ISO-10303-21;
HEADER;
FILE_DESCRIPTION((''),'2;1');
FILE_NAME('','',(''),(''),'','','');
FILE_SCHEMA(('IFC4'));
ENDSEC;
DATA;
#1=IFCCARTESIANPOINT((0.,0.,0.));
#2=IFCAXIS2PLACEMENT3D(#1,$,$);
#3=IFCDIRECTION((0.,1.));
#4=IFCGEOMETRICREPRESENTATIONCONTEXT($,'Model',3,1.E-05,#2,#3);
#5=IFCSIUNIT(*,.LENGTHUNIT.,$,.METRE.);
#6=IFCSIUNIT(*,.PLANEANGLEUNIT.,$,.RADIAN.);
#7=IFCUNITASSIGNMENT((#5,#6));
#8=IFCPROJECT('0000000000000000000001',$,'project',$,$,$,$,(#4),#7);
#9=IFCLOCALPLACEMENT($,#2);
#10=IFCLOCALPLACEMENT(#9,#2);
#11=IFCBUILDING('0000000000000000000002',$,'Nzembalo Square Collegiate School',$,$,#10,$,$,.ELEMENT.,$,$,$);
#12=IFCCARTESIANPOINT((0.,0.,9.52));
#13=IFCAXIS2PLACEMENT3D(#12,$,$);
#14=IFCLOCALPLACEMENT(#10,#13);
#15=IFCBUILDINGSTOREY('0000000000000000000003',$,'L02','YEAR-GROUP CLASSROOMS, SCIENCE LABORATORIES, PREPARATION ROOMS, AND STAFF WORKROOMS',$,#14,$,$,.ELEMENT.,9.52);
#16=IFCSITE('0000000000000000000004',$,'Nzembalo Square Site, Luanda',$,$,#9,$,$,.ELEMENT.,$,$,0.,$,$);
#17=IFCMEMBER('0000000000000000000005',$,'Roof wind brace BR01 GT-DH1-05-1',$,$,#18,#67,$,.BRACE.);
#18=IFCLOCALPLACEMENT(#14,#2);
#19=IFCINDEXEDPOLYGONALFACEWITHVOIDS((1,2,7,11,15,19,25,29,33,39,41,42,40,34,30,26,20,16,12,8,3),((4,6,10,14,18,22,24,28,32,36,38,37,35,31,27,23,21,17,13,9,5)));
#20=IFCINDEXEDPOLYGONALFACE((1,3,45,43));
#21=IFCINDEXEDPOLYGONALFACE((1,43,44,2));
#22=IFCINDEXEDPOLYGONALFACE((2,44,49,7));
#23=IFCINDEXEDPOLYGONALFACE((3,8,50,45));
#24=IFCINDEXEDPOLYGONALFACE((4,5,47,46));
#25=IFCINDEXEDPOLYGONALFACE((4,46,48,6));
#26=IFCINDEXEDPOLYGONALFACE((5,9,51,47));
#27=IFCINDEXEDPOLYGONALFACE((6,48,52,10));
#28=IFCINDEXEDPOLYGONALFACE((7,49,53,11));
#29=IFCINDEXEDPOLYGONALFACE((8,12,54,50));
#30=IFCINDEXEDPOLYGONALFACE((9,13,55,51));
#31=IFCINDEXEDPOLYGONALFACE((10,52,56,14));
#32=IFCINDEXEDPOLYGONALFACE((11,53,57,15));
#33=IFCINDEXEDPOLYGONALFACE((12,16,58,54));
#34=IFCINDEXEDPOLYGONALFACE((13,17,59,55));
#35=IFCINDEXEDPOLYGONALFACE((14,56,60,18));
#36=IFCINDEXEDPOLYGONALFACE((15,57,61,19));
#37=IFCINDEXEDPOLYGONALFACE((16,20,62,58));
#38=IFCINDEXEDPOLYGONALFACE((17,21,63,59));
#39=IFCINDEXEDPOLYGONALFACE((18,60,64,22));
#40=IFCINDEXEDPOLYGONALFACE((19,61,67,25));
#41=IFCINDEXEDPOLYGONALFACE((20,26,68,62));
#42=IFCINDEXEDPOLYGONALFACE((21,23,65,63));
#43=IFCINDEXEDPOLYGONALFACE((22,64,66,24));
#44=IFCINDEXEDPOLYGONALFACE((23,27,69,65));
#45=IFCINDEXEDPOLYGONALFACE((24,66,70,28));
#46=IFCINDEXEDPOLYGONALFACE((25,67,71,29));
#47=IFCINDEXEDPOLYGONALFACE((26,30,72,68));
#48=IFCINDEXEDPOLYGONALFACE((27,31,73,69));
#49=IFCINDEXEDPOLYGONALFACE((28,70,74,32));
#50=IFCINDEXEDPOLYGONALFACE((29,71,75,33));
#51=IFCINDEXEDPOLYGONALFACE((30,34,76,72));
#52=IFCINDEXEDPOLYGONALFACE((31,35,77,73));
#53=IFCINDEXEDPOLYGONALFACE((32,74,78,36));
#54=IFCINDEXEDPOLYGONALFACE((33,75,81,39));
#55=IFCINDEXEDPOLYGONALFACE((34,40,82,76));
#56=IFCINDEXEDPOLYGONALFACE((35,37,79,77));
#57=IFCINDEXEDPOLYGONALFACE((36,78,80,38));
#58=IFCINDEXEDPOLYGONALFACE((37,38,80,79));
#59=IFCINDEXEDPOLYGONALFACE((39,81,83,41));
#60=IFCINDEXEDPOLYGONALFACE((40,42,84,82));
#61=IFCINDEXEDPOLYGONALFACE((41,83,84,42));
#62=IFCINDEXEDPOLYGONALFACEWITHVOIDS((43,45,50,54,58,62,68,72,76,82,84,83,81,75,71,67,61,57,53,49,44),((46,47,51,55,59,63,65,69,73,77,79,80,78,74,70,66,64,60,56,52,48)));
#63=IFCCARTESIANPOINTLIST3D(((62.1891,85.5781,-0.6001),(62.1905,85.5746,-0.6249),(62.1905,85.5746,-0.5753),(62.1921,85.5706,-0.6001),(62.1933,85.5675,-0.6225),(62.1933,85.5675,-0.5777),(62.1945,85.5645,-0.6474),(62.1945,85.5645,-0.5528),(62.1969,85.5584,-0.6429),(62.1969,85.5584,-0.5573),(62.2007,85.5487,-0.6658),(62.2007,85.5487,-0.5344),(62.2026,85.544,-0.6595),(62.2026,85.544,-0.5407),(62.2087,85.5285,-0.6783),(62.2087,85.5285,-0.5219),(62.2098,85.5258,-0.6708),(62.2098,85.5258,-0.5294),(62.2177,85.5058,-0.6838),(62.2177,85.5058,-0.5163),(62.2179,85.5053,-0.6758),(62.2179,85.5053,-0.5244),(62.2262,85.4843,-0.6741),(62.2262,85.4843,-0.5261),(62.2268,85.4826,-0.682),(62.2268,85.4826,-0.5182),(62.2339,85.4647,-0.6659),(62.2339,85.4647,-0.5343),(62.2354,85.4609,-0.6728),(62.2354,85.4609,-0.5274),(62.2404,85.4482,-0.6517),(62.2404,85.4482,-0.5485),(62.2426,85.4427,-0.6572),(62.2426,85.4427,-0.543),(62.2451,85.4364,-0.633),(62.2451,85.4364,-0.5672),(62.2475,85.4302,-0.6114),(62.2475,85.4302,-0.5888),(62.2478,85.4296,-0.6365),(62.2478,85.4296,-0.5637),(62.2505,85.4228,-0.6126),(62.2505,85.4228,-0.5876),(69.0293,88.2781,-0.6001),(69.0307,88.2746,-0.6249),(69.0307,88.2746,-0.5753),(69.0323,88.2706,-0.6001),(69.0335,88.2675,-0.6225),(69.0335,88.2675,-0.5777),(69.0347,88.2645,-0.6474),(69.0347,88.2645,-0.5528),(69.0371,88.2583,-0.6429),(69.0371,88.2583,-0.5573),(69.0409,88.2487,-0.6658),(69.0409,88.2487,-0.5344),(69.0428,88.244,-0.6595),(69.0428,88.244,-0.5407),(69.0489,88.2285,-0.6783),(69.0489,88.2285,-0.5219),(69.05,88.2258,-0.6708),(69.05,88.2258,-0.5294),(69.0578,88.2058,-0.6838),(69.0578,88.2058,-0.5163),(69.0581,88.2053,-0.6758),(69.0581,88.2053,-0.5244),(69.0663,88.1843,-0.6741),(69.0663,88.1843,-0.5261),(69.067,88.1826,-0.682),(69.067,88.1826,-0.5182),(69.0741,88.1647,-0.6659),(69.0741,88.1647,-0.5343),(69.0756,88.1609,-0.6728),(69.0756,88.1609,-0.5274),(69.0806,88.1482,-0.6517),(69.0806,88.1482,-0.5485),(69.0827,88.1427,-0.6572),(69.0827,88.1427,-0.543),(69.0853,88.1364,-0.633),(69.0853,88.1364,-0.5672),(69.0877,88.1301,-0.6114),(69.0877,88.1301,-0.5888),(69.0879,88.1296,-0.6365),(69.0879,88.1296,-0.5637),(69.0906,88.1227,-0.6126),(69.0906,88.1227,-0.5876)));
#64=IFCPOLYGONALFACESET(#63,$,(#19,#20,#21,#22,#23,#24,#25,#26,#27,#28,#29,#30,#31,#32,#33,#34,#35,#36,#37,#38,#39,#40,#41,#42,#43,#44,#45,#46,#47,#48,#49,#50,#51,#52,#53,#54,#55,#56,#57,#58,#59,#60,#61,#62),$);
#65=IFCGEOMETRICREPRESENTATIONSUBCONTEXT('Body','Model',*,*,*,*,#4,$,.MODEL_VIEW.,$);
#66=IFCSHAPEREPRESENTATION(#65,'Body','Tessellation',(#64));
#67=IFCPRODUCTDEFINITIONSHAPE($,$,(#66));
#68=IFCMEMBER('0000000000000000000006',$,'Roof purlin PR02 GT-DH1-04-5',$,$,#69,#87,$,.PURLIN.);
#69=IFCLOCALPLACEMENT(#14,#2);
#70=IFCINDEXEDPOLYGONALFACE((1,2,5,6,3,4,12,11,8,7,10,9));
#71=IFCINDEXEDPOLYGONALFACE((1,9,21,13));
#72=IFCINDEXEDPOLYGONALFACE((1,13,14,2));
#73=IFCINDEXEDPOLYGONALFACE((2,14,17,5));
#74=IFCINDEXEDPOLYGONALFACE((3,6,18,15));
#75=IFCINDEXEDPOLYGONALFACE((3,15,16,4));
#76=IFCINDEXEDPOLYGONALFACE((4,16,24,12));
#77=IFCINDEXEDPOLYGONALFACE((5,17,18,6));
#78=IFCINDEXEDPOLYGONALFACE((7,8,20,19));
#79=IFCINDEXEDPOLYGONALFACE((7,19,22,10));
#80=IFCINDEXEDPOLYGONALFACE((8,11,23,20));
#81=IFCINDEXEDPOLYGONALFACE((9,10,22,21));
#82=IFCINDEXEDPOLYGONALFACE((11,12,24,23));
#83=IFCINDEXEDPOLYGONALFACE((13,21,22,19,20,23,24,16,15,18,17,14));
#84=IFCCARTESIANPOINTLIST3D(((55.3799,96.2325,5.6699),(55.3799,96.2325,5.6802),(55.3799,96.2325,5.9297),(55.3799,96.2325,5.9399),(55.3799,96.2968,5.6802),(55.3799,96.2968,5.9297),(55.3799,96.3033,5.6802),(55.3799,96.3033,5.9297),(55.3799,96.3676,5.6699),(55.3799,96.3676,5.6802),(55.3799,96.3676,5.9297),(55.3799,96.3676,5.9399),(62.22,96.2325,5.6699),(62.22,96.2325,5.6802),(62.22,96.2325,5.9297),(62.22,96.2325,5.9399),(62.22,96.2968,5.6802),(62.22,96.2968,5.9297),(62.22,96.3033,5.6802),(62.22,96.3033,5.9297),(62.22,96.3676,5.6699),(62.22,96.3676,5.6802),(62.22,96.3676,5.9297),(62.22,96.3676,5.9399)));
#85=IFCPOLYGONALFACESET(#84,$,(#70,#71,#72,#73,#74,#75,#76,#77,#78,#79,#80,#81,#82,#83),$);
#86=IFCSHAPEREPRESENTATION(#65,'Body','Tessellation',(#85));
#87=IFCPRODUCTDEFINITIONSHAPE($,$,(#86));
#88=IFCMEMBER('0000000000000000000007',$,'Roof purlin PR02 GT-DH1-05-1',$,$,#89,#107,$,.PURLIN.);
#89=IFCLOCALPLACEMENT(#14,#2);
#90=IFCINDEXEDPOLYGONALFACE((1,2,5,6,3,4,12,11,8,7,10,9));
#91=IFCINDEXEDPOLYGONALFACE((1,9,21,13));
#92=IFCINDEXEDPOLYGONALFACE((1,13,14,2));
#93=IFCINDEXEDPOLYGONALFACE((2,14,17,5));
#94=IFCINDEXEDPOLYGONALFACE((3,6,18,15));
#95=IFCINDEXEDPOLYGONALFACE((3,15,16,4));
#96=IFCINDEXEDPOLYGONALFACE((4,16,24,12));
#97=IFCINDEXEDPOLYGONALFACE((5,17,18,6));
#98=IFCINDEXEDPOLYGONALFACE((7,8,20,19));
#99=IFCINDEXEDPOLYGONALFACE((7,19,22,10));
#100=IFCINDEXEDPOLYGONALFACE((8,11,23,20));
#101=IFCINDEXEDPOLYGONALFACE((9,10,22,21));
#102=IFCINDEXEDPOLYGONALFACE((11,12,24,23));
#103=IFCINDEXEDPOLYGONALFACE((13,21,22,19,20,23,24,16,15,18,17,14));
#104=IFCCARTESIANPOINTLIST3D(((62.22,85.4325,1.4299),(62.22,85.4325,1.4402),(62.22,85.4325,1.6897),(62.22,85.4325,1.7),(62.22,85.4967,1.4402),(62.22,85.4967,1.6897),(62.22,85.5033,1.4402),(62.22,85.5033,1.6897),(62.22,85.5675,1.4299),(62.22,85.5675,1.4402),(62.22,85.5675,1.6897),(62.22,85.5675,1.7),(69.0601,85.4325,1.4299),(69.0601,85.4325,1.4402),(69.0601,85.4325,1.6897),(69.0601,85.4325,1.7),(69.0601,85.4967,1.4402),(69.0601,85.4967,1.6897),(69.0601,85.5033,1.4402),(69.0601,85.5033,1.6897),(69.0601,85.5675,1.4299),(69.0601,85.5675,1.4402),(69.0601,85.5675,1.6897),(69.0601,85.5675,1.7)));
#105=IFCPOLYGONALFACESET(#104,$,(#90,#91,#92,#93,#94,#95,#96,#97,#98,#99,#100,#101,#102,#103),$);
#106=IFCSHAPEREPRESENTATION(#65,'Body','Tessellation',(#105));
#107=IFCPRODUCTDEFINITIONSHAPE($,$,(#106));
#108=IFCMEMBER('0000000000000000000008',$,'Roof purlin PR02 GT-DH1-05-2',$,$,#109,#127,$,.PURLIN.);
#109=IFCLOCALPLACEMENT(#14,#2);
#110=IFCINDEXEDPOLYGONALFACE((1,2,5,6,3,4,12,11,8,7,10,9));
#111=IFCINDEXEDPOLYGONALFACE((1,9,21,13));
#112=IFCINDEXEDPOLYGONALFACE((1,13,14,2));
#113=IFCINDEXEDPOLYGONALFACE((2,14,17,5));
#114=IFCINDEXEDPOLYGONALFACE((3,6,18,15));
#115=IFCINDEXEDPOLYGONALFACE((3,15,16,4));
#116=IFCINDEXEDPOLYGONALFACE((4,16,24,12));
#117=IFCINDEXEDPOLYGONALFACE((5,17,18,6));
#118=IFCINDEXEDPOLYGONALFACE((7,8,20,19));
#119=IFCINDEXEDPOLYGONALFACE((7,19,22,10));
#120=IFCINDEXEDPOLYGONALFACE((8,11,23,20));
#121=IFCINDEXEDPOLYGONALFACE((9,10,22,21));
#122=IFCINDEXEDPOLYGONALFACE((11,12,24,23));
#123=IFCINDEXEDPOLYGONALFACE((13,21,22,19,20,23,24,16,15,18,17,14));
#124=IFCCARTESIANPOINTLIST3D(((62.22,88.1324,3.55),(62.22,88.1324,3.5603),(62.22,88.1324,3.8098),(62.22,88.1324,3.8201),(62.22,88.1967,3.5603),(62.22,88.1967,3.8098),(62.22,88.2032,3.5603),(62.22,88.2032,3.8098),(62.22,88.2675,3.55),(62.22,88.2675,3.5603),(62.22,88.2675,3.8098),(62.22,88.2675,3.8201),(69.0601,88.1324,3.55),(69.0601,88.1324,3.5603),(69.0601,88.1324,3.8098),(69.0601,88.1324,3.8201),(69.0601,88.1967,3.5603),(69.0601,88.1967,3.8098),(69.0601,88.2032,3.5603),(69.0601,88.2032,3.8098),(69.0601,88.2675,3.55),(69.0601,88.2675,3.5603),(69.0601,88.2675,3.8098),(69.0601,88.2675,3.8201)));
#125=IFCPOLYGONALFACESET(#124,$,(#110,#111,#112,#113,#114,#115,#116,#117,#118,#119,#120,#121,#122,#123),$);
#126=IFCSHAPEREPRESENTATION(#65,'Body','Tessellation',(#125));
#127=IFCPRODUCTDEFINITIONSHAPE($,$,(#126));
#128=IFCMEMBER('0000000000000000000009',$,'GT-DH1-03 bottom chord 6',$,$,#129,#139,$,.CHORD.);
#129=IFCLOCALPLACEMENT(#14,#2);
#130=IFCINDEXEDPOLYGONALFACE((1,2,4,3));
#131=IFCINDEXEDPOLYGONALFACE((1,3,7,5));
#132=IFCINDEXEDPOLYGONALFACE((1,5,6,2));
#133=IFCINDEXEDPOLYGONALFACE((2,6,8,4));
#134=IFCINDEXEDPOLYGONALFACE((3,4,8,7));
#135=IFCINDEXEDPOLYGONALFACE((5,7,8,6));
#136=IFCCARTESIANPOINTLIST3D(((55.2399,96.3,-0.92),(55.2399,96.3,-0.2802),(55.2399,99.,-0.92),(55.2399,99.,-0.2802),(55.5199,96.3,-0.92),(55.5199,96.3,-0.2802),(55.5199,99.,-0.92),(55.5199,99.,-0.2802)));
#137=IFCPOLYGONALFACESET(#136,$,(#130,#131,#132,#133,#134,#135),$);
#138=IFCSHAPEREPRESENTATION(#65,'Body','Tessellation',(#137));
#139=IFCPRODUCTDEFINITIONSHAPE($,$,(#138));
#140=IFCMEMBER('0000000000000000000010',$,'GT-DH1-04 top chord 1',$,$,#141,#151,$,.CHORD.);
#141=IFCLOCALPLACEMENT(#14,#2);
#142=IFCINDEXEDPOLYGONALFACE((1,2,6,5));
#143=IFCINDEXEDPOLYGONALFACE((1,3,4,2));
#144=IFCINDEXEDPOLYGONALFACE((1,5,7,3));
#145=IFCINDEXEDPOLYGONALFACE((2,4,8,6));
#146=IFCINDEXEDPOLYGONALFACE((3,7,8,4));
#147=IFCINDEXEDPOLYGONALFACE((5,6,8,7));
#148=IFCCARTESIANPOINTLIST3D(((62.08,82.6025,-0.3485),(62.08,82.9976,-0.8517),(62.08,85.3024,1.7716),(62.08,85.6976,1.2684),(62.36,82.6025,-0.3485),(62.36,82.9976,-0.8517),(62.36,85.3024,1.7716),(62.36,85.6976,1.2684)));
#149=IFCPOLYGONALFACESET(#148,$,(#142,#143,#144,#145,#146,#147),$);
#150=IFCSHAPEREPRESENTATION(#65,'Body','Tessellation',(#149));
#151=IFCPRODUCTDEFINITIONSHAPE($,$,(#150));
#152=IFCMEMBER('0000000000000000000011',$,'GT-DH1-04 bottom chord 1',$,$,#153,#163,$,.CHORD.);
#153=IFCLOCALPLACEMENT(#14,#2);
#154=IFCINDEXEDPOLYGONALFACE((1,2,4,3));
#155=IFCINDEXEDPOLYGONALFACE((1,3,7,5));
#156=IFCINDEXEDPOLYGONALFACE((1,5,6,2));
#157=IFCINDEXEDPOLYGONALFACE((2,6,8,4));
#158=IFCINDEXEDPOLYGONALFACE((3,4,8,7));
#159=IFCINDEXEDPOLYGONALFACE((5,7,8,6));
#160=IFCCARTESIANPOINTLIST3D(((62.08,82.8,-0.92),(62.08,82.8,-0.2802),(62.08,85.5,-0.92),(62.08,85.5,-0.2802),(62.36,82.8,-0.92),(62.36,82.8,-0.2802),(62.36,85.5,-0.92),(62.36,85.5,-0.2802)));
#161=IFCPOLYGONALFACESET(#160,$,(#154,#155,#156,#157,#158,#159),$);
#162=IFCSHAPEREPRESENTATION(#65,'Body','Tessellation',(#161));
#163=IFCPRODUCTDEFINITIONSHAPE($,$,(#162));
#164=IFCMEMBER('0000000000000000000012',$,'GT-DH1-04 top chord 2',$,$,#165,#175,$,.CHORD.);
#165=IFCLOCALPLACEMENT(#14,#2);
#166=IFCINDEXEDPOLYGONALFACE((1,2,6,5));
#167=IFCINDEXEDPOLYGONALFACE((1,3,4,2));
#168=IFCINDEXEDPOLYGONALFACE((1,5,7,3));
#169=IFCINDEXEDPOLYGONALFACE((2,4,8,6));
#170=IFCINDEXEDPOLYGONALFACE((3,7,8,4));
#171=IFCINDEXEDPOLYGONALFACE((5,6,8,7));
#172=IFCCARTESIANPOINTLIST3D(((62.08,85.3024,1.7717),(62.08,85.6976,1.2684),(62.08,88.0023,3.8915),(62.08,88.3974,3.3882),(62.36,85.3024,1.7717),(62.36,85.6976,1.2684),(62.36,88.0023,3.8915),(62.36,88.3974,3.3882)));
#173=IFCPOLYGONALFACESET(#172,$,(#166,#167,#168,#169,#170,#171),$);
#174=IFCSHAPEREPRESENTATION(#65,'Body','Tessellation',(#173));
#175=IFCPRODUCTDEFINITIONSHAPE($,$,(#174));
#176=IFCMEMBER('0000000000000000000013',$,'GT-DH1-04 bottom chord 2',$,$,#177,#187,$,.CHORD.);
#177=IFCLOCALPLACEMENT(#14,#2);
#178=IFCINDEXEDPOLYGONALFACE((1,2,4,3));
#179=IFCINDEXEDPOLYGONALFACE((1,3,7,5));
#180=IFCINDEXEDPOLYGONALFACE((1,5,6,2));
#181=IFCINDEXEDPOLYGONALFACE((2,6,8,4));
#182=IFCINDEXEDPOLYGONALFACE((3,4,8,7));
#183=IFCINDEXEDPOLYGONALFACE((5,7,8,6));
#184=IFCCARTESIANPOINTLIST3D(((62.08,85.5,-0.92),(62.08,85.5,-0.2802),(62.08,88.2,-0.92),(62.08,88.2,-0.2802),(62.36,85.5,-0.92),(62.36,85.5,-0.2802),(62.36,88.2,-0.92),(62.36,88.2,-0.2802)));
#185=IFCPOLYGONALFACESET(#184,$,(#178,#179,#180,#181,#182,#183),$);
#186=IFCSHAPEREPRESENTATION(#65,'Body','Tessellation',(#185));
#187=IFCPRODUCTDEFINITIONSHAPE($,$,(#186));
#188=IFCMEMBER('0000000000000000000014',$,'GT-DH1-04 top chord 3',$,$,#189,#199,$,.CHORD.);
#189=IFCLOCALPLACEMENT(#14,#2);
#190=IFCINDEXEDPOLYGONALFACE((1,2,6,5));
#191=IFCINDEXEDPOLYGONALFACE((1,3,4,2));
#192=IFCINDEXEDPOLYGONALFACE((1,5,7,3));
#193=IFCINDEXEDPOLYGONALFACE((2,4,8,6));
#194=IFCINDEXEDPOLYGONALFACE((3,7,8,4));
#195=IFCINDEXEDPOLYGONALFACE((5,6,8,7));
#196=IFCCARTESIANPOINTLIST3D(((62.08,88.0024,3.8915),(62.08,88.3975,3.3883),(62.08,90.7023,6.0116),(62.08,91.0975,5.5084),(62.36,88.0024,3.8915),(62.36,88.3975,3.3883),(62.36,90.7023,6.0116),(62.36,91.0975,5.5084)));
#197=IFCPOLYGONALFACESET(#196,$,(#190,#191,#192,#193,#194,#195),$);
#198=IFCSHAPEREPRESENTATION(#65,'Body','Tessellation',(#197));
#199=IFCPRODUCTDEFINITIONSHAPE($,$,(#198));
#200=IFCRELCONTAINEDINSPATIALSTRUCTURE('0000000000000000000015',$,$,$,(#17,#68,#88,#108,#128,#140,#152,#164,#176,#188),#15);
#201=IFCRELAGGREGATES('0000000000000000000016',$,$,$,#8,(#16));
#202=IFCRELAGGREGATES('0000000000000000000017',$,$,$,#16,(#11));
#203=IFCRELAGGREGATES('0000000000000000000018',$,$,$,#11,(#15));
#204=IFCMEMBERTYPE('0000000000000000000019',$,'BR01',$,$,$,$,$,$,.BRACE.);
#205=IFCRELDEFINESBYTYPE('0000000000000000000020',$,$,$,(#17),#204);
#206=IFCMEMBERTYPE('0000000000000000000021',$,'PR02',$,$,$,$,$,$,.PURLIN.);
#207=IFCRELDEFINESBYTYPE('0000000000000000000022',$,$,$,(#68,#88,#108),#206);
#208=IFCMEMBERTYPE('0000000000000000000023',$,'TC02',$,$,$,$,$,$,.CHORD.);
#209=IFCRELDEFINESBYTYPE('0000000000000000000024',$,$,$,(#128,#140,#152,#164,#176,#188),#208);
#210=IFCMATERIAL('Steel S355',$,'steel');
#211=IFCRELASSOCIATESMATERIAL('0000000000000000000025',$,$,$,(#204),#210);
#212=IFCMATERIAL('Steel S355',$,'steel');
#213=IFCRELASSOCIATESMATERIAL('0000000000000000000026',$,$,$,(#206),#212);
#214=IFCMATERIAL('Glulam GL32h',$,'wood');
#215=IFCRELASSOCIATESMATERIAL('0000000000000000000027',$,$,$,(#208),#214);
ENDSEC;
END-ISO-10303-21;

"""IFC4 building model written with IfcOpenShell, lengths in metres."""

from ifc_helpers import new_model, si_unit, direction, frame, origin, origin_2d, place, context, subcontext, project, spatial, rectangle, hollow_circle, i_section, extrude, material, material_profile, profile_set, type_object, element, save


model = new_model("IFC4")

# Units and contexts
model_context = context("Model", 3, precision=1e-05, world=origin(), true_north=direction((0.0, 1.0)))
body_context = subcontext(model_context, "Body", "Model", "MODEL_VIEW")
ifc_project = project(units=[si_unit("LENGTHUNIT", "METRE"), si_unit("PLANEANGLEUNIT", "RADIAN")], contexts=[model_context])

# Site, building, storey
site_placement = place(None, origin())
site = spatial("IfcSite", under=ifc_project, at=site_placement, Name="Nzembalo Square Site, Luanda", CompositionType="ELEMENT", RefElevation=0.0)
building_placement = place(site_placement, origin())
building = spatial("IfcBuilding", under=site, at=building_placement, Name="Nzembalo Square Collegiate School", CompositionType="ELEMENT")
storey_placement = place(building_placement, frame((0.0, 0.0, 9.52)))
storey = spatial("IfcBuildingStorey", under=building, at=storey_placement, Name="L02", Description="YEAR-GROUP CLASSROOMS, SCIENCE LABORATORIES, PREPARATION ROOMS, AND STAFF WORKROOMS", CompositionType="ELEMENT", Elevation=9.52)

# Members
ifc_material_1 = material(Name="Steel S355", Category="steel")
ifc_material_profile_1 = material_profile(ifc_material_1, hollow_circle(Radius=0.084, WallThickness=0.0081, at=origin_2d()), Name="CHS 168x8")
ifc_profile_set_1 = profile_set([ifc_material_profile_1], Name="Steel S355")
member_type_1 = type_object("IfcMemberType", Name="BR01", PredefinedType="BRACE", material=ifc_profile_set_1)
member_1_placement = place(storey_placement, frame((62.22, 85.5, -0.6001), z_axis=(0.930159, 0.367157, 0.0), x_axis=(-0.367157, 0.930159, 0.0)))
element("IfcMember", 1, at=member_1_placement, inside=storey, type_object=member_type_1, Name="Roof wind brace BR01 GT-DH1-05-1", PredefinedType="BRACE", context=body_context, shape_type="SweptSolid", body=[
    extrude(hollow_circle(Radius=0.084, WallThickness=0.0081, at=origin_2d()), origin(), (0.0, 0.0, 1.0), 7.3538),
])
ifc_material_2 = material(Name="Steel S355", Category="steel")
ifc_material_profile_2 = material_profile(ifc_material_2, i_section(OverallWidth=0.135, OverallDepth=0.27, WebThickness=0.0066, FlangeThickness=0.0103, at=origin_2d()), Name="IPE 270")
ifc_profile_set_2 = profile_set([ifc_material_profile_2], Name="Steel S355")
member_type_2 = type_object("IfcMemberType", Name="PR02", PredefinedType="PURLIN", material=ifc_profile_set_2)
for number, where, z_axis, x_axis, name in (
    (2, (55.3799, 96.3, 5.8049), (1.0, 0.0, 0.0), (0.0, 1.0, 0.0), "Roof purlin PR02 GT-DH1-04-5"),
    (3, (62.22, 85.5, 1.5649), (1.0, 0.0, 0.0), (0.0, 1.0, 0.0), "Roof purlin PR02 GT-DH1-05-1"),
    (4, (62.22, 88.2, 3.6851), (1.0, 0.0, 0.0), (0.0, 1.0, 0.0), "Roof purlin PR02 GT-DH1-05-2"),
):
    element("IfcMember", number, at=place(storey_placement, frame(where, z_axis=z_axis, x_axis=x_axis)), inside=storey, type_object=member_type_2, Name=name, PredefinedType="PURLIN", context=body_context, shape_type="SweptSolid", body=[
        extrude(i_section(OverallWidth=0.135, OverallDepth=0.27, WebThickness=0.0066, FlangeThickness=0.0103, at=origin_2d()), origin(), (0.0, 0.0, 1.0), 6.8401),
    ])
ifc_material_3 = material(Name="Glulam GL32h", Category="wood")
ifc_material_profile_3 = material_profile(ifc_material_3, rectangle(XDim=0.28, YDim=0.6399, at=origin_2d()), Name="GL32h 280x640")
ifc_profile_set_3 = profile_set([ifc_material_profile_3], Name="Glulam GL32h")
member_type_3 = type_object("IfcMemberType", Name="TC02", PredefinedType="CHORD", material=ifc_profile_set_3)
member_2_placement = place(storey_placement, frame((55.3799, 96.3, -0.6001), z_axis=(0.0, 1.0, 0.0), x_axis=(-1.0, 0.0, 0.0)))
element("IfcMember", 5, at=member_2_placement, inside=storey, type_object=member_type_3, Name="GT-DH1-03 bottom chord 6", PredefinedType="CHORD", context=body_context, shape_type="SweptSolid", body=[
    extrude(rectangle(XDim=0.28, YDim=0.6399, at=origin_2d()), origin(), (0.0, 0.0, 1.0), 2.7),
])
member_3_placement = place(storey_placement, frame((62.22, 82.8, -0.6001), z_axis=(0.0, 0.786498, 0.617592), x_axis=(-1.0, 0.0, 0.0)))
element("IfcMember", 6, at=member_3_placement, inside=storey, type_object=member_type_3, Name="GT-DH1-04 top chord 1", PredefinedType="CHORD", context=body_context, shape_type="SweptSolid", body=[
    extrude(rectangle(XDim=0.28, YDim=0.6399, at=origin_2d()), origin(), (0.0, 0.0, 1.0), 3.4329),
])
member_4_placement = place(storey_placement, frame((62.22, 82.8, -0.6001), z_axis=(0.0, 1.0, 0.0), x_axis=(-1.0, 0.0, 0.0)))
element("IfcMember", 7, at=member_4_placement, inside=storey, type_object=member_type_3, Name="GT-DH1-04 bottom chord 1", PredefinedType="CHORD", context=body_context, shape_type="SweptSolid", body=[
    extrude(rectangle(XDim=0.28, YDim=0.6399, at=origin_2d()), origin(), (0.0, 0.0, 1.0), 2.7),
])
member_5_placement = place(storey_placement, frame((62.22, 85.5, 1.52), z_axis=(0.0, 0.786533, 0.617548), x_axis=(-1.0, 0.0, 0.0)))
element("IfcMember", 8, at=member_5_placement, inside=storey, type_object=member_type_3, Name="GT-DH1-04 top chord 2", PredefinedType="CHORD", context=body_context, shape_type="SweptSolid", body=[
    extrude(rectangle(XDim=0.28, YDim=0.6399, at=origin_2d()), origin(), (0.0, 0.0, 1.0), 3.4326),
])
member_6_placement = place(storey_placement, frame((62.22, 85.5, -0.6001), z_axis=(0.0, 1.0, 0.0), x_axis=(-1.0, 0.0, 0.0)))
element("IfcMember", 9, at=member_6_placement, inside=storey, type_object=member_type_3, Name="GT-DH1-04 bottom chord 2", PredefinedType="CHORD", context=body_context, shape_type="SweptSolid", body=[
    extrude(rectangle(XDim=0.28, YDim=0.6399, at=origin_2d()), origin(), (0.0, 0.0, 1.0), 2.7),
])
member_7_placement = place(storey_placement, frame((62.22, 88.2, 3.6399), z_axis=(0.0, 0.786498, 0.617592), x_axis=(-1.0, 0.0, 0.0)))
element("IfcMember", 10, at=member_7_placement, inside=storey, type_object=member_type_3, Name="GT-DH1-04 top chord 3", PredefinedType="CHORD", context=body_context, shape_type="SweptSolid", body=[
    extrude(rectangle(XDim=0.28, YDim=0.6399, at=origin_2d()), origin(), (0.0, 0.0, 1.0), 3.4329),
])

save(model, "model.ifc")
